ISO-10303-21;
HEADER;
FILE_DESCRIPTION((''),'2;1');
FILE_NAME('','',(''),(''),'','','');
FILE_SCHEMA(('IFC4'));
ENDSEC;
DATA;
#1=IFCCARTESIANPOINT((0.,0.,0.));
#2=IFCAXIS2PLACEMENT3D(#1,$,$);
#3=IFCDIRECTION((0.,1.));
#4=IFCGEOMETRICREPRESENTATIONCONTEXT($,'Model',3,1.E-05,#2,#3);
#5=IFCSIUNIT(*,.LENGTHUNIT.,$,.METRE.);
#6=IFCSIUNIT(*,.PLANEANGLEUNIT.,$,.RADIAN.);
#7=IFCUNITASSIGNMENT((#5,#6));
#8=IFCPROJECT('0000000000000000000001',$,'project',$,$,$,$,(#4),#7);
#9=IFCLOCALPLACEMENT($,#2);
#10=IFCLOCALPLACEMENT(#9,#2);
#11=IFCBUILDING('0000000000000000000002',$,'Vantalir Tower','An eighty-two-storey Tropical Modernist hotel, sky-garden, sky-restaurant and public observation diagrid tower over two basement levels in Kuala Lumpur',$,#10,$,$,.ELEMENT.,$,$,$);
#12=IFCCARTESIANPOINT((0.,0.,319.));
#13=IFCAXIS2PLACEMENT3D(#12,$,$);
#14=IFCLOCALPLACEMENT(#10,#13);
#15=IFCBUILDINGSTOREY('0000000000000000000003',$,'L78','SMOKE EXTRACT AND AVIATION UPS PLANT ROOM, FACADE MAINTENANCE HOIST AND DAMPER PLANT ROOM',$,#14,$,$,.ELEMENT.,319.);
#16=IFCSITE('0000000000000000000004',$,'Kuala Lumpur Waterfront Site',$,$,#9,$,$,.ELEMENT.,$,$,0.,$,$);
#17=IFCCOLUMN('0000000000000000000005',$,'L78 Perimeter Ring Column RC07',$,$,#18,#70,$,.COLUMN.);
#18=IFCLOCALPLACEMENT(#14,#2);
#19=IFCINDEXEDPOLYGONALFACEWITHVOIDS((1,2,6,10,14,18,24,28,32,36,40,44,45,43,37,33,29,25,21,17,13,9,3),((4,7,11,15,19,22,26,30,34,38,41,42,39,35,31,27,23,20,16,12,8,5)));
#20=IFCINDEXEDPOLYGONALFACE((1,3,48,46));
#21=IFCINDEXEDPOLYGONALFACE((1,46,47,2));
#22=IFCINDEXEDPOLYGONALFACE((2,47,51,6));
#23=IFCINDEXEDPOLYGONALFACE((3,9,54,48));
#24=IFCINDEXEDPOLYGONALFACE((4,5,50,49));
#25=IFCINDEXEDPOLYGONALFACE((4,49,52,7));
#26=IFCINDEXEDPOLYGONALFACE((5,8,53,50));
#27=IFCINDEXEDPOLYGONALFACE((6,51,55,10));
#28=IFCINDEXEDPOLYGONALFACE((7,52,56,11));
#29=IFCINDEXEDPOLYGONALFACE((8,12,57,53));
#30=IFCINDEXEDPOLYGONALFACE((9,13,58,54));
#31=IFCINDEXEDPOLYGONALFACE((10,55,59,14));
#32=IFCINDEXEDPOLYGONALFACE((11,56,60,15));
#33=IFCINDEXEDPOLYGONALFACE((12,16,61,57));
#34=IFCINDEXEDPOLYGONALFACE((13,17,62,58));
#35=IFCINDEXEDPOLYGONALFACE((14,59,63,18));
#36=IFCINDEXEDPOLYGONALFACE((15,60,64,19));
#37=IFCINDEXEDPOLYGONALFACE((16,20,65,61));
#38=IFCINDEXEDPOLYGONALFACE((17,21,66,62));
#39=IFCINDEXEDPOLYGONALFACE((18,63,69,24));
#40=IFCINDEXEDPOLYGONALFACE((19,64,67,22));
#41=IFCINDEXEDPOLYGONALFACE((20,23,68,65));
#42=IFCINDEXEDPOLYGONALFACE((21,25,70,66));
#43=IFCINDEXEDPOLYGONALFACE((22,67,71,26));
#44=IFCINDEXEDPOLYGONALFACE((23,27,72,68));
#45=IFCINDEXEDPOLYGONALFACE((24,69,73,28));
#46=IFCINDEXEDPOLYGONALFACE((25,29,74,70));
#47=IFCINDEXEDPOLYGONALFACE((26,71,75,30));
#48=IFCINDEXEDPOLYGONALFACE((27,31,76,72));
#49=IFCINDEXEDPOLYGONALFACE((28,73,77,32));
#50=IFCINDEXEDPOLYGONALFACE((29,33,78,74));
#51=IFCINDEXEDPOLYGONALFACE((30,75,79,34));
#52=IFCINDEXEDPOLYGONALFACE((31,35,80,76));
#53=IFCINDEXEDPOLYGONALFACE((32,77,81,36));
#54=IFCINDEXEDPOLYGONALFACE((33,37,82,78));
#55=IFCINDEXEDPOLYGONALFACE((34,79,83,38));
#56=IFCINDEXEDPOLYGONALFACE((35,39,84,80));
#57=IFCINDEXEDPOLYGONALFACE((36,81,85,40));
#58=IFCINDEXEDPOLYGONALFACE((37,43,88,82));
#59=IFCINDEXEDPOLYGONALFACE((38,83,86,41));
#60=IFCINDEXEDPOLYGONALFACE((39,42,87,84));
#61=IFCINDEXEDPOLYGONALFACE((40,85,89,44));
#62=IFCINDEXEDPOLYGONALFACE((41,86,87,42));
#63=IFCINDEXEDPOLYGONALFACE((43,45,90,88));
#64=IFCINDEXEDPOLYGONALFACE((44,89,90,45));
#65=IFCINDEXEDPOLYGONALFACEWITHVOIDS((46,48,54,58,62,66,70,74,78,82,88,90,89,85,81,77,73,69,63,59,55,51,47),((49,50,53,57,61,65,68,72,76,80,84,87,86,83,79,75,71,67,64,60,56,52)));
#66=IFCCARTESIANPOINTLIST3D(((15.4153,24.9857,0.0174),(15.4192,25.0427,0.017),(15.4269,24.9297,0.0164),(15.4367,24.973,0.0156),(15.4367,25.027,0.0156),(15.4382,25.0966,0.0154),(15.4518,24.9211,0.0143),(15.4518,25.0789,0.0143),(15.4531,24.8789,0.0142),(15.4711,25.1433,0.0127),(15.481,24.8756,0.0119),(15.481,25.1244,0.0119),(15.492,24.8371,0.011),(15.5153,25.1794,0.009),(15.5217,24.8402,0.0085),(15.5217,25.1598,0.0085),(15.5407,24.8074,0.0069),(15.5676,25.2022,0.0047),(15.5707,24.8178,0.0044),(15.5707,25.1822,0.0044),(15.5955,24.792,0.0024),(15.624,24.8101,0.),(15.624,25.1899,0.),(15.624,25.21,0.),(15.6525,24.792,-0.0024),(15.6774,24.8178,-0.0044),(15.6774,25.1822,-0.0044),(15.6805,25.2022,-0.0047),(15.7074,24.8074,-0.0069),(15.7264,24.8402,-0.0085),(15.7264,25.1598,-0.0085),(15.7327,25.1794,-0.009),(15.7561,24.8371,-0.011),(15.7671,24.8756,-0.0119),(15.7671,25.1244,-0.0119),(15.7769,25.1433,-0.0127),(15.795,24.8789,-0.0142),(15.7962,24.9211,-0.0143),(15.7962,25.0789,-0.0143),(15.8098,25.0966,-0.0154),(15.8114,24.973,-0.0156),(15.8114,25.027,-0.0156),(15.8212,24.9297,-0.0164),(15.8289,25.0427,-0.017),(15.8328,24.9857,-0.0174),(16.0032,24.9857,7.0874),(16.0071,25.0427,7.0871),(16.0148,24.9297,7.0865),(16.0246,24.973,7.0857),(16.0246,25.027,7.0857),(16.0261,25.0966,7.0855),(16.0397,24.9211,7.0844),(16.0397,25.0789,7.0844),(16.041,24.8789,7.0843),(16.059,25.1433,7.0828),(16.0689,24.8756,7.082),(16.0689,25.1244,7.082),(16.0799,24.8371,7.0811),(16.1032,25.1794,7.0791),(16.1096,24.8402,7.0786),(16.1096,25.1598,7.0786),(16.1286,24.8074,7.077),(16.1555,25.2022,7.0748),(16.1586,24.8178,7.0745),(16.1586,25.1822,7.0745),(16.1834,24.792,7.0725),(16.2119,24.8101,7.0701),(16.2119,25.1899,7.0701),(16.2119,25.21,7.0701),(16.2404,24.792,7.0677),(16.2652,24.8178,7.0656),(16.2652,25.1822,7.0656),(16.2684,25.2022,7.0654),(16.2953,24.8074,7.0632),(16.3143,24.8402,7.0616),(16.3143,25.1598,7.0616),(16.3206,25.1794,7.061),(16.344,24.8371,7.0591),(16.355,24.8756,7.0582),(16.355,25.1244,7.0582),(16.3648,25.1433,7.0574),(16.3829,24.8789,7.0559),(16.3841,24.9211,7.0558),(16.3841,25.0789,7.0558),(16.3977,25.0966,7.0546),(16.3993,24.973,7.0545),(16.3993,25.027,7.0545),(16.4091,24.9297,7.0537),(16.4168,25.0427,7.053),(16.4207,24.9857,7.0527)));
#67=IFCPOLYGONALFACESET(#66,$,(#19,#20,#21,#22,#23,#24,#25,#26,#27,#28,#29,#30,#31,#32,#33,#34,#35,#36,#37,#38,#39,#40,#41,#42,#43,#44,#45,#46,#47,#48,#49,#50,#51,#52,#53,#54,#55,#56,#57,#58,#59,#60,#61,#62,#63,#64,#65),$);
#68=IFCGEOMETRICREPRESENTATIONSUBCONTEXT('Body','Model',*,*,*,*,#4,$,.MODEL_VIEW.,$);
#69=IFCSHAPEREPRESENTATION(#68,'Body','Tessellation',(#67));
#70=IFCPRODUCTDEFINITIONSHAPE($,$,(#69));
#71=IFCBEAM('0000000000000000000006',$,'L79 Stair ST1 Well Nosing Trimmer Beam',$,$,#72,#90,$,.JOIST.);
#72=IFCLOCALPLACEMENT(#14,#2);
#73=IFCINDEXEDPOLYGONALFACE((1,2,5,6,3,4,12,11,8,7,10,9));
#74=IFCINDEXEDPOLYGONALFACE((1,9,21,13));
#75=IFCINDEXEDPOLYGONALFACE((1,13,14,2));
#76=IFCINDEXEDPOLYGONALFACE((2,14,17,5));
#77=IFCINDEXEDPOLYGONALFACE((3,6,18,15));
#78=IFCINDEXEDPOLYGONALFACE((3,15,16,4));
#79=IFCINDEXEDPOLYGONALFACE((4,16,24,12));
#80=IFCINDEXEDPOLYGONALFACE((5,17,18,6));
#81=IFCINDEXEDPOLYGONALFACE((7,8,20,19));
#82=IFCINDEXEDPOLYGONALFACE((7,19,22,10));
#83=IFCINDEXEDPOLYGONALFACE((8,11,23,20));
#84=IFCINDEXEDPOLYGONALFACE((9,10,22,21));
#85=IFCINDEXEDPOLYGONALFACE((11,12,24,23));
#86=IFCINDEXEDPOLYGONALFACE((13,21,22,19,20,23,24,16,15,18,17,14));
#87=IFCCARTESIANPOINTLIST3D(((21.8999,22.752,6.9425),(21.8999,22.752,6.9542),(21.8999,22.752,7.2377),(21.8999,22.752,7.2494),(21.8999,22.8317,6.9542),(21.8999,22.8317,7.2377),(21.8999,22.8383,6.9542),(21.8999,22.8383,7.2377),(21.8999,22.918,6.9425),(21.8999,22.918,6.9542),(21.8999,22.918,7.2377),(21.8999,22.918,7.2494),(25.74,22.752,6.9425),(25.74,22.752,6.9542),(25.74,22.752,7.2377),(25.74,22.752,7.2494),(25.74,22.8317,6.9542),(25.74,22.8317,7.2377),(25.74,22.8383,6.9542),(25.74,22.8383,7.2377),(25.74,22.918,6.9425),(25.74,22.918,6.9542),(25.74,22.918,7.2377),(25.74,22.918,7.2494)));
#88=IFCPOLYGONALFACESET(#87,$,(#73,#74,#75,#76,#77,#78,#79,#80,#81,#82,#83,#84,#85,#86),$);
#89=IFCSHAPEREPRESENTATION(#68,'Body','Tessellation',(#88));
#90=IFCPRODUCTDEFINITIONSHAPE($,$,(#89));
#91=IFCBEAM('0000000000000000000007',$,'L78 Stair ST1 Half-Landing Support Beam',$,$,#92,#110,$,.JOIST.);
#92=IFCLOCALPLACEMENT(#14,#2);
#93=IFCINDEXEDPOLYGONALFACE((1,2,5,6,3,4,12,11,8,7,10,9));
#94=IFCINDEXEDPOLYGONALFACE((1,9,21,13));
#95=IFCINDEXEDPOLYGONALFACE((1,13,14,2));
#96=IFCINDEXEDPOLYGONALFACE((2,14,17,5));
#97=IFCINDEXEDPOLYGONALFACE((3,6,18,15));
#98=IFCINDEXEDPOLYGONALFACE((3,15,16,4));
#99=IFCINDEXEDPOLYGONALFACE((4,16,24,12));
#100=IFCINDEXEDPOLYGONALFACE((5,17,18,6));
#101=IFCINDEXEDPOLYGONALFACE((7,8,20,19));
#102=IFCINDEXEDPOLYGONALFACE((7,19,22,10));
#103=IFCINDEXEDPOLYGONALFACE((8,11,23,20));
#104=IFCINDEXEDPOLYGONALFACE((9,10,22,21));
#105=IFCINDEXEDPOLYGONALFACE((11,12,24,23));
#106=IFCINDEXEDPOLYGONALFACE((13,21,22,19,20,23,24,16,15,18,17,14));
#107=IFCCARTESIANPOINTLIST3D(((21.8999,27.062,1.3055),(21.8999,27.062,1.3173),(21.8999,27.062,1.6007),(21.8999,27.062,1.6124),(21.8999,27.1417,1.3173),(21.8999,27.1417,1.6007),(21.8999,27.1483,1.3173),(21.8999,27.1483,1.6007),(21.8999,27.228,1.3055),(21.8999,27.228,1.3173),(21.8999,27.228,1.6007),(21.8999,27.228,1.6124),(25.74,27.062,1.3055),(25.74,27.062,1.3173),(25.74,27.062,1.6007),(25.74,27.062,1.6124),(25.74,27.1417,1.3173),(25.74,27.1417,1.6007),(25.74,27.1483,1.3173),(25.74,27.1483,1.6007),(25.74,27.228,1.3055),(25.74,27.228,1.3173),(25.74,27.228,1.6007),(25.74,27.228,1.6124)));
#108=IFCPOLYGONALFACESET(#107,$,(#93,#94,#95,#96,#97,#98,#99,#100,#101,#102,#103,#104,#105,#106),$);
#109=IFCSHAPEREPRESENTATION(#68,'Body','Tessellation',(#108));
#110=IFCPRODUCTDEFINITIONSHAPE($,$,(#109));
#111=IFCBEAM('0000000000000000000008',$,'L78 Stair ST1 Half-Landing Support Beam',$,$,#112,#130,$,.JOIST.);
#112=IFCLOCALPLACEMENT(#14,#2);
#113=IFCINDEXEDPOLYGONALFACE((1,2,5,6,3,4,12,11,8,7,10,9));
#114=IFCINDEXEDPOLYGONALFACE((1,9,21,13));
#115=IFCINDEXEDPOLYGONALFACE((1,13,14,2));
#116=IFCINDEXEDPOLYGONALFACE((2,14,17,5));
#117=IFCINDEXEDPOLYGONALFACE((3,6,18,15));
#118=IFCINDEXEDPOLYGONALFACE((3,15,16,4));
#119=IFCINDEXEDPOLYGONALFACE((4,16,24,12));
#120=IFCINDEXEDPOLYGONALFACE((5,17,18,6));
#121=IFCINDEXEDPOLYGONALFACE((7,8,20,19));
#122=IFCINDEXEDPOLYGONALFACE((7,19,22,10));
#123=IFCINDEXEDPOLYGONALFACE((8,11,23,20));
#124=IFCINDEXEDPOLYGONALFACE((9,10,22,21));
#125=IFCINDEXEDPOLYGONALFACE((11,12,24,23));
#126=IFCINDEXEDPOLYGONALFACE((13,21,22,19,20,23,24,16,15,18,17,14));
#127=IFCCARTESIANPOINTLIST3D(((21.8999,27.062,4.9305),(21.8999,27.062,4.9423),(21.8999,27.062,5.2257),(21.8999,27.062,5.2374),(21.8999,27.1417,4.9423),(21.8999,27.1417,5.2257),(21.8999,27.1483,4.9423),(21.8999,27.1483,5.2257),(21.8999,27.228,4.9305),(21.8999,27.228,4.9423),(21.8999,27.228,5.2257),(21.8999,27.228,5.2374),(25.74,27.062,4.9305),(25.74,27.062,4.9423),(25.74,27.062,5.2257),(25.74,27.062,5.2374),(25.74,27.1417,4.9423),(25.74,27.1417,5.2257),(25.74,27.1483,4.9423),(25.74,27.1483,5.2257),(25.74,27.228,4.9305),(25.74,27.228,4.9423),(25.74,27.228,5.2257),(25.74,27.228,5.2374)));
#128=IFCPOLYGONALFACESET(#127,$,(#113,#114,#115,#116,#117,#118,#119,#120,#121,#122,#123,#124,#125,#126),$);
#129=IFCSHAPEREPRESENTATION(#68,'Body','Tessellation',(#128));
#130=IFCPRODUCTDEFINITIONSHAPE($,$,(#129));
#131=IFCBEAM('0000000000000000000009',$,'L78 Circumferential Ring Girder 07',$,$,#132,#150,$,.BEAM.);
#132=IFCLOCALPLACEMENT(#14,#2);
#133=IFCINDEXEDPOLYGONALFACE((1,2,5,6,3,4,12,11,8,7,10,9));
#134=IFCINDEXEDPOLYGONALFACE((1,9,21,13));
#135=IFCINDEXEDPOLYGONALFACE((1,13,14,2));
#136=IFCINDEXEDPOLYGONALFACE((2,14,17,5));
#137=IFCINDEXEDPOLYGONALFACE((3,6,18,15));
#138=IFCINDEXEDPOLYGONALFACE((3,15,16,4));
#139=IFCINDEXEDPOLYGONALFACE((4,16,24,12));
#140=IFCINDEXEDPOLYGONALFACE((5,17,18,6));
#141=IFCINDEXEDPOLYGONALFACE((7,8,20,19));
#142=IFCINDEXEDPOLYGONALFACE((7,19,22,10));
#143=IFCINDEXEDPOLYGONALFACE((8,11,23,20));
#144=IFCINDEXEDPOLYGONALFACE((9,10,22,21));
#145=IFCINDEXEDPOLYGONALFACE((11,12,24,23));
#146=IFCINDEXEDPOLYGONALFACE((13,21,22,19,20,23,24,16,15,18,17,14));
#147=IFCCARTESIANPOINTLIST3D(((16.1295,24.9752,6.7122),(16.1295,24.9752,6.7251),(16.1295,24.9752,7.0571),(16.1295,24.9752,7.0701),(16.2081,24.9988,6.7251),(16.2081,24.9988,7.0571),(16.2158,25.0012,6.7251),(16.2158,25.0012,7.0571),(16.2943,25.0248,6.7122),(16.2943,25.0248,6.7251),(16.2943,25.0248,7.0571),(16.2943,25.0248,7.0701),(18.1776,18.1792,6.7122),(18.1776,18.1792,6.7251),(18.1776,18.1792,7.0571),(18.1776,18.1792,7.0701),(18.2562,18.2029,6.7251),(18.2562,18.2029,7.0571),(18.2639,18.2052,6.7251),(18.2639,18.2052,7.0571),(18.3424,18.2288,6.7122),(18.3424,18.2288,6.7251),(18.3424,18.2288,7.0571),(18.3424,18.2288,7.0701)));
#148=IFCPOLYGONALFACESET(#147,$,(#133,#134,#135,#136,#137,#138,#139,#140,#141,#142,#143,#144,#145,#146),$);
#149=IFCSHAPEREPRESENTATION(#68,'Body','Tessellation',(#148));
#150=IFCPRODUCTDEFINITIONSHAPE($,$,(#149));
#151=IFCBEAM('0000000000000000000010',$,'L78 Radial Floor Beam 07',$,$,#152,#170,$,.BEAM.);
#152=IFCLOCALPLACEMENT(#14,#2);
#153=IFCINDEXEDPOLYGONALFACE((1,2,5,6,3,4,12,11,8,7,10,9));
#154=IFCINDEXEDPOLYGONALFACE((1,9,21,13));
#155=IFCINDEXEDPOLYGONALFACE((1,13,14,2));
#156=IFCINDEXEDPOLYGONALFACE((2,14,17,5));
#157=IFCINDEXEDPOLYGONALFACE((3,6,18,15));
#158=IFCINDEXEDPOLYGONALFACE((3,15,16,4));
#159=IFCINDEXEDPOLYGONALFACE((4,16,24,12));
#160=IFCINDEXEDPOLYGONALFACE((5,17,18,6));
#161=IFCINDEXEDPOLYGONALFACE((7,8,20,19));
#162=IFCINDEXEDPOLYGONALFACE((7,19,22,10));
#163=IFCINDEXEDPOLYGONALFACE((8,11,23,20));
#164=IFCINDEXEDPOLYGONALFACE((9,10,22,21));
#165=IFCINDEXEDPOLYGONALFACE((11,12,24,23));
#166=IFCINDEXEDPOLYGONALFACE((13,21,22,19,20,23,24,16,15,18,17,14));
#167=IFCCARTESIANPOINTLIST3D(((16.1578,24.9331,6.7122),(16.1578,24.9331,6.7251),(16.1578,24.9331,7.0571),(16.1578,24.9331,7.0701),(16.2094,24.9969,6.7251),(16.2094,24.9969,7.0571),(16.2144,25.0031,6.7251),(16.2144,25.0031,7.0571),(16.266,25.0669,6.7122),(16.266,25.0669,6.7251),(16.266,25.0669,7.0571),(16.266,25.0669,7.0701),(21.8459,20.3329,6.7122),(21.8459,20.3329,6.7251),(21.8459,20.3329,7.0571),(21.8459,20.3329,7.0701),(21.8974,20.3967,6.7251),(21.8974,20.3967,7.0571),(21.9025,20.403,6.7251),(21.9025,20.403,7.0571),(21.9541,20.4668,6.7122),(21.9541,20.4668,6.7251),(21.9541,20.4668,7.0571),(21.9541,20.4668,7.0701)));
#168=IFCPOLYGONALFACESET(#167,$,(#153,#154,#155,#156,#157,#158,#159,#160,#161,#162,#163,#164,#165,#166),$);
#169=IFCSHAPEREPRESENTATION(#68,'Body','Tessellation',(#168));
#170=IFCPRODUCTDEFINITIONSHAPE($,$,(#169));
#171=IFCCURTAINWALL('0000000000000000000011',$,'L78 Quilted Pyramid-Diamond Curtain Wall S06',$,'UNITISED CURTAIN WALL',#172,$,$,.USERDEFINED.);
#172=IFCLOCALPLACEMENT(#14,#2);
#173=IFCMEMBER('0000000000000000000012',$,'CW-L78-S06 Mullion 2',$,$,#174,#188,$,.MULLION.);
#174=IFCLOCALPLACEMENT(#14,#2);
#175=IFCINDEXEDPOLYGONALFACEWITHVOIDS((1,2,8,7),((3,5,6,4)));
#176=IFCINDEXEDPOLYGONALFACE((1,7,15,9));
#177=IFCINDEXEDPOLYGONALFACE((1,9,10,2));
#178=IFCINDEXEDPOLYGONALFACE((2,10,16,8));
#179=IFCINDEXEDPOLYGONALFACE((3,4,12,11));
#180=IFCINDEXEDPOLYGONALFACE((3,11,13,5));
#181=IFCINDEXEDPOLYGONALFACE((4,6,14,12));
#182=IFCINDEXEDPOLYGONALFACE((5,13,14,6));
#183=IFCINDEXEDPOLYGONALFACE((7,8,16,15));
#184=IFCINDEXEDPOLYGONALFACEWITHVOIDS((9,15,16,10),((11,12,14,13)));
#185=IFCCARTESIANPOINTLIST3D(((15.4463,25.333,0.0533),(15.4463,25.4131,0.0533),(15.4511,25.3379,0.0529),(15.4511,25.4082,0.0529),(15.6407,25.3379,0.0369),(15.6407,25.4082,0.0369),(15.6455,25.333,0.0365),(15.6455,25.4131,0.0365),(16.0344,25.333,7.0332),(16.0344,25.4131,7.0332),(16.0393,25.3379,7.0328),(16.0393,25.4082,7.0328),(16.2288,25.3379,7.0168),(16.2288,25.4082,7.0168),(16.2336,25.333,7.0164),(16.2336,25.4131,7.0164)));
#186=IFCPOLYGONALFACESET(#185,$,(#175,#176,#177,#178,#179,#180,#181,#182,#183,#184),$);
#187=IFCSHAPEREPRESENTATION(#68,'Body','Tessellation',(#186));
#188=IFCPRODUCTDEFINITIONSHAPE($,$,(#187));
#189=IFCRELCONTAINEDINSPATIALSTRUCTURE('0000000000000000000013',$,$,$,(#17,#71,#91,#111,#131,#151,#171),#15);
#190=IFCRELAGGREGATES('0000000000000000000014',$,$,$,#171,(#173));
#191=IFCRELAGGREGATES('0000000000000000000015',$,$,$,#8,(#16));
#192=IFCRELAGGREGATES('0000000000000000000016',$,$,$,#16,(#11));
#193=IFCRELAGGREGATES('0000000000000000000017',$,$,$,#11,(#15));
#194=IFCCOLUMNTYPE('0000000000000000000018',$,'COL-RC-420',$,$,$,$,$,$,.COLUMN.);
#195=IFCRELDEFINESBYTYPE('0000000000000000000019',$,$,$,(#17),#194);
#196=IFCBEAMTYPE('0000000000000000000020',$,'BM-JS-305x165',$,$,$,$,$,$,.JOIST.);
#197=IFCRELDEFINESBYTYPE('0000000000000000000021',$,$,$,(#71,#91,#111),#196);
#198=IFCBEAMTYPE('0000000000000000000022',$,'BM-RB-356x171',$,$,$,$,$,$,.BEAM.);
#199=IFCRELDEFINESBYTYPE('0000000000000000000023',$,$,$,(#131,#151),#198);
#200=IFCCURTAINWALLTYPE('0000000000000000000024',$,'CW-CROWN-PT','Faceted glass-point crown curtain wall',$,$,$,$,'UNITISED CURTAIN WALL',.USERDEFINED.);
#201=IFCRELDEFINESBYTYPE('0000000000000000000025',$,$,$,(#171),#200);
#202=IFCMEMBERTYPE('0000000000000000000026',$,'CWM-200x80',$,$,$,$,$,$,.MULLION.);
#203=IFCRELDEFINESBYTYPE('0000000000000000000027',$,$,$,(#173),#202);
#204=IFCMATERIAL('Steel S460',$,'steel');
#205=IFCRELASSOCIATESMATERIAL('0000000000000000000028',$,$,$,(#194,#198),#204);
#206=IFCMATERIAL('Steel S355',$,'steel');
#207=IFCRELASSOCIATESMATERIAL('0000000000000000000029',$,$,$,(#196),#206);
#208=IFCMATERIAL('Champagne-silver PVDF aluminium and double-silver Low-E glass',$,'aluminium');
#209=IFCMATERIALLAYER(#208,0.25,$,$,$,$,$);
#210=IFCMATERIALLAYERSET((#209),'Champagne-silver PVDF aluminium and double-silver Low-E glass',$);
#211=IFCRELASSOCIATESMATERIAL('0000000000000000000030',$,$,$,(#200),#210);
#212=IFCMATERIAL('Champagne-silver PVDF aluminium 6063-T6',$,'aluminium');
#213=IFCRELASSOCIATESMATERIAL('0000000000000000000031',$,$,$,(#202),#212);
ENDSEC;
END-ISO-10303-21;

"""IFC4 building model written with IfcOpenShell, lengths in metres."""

from ifc_helpers import new_model, si_unit, direction, frame, origin, origin_2d, place, context, subcontext, project, spatial, hollow_rectangle, hollow_circle, i_section, extrude, material, layer, layer_set, material_profile, profile_set, type_object, element, aggregate, save


model = new_model("IFC4")

# Units and contexts
model_context = context("Model", 3, precision=1e-05, world=origin(), true_north=direction((0.0, 1.0)))
body_context = subcontext(model_context, "Body", "Model", "MODEL_VIEW")
ifc_project = project(units=[si_unit("LENGTHUNIT", "METRE"), si_unit("PLANEANGLEUNIT", "RADIAN")], contexts=[model_context])

# Site, building, storey
site_placement = place(None, origin())
site = spatial("IfcSite", under=ifc_project, at=site_placement, Name="Kuala Lumpur Waterfront Site", CompositionType="ELEMENT", RefElevation=0.0)
building_placement = place(site_placement, origin())
building = spatial("IfcBuilding", under=site, at=building_placement, Name="Vantalir Tower", Description="An eighty-two-storey Tropical Modernist hotel, sky-garden, sky-restaurant and public observation diagrid tower over two basement levels in Kuala Lumpur", CompositionType="ELEMENT")
storey_placement = place(building_placement, frame((0.0, 0.0, 319.0)))
storey = spatial("IfcBuildingStorey", under=building, at=storey_placement, Name="L78", Description="SMOKE EXTRACT AND AVIATION UPS PLANT ROOM, FACADE MAINTENANCE HOIST AND DAMPER PLANT ROOM", CompositionType="ELEMENT", Elevation=319.0)

# Column
ifc_material_1 = material(Name="Steel S460", Category="steel")
ifc_material_profile_1 = material_profile(ifc_material_1, hollow_circle(Radius=0.21, WallThickness=0.02, at=origin_2d()), Name="Steel S460")
ifc_profile_set_1 = profile_set([ifc_material_profile_1], Name="Steel S460")
column_type = type_object("IfcColumnType", Name="COL-RC-420", PredefinedType="COLUMN", material=ifc_profile_set_1)
column_placement = place(storey_placement, frame((15.624, 25.0, 0.0), z_axis=(0.082866, 0.0, 0.996561), x_axis=(0.0, 1.0, 0.0)))
element("IfcColumn", 1, at=column_placement, inside=storey, type_object=column_type, Name="L78 Perimeter Ring Column RC07", PredefinedType="COLUMN", context=body_context, shape_type="SweptSolid", body=[
    extrude(hollow_circle(Radius=0.21, WallThickness=0.02, at=origin_2d()), origin(), (0.0, 0.0, 1.0), 7.0945),
])

# Beams
ifc_material_2 = material(Name="Steel S355", Category="steel")
ifc_material_profile_2 = material_profile(ifc_material_2, i_section(OverallWidth=0.166, OverallDepth=0.3069, WebThickness=0.0066, FlangeThickness=0.0117, at=origin_2d()), Name="Steel S355")
ifc_profile_set_2 = profile_set([ifc_material_profile_2], Name="Steel S355")
beam_type_1 = type_object("IfcBeamType", Name="BM-JS-305x165", PredefinedType="JOIST", material=ifc_profile_set_2)
for number, where, z_axis, x_axis, name in (
    (2, (21.8999, 22.835, 7.0959), (1.0, 0.0, 0.0), (0.0, 1.0, 0.0), "L79 Stair ST1 Well Nosing Trimmer Beam"),
    (3, (21.8999, 27.145, 1.459), (1.0, 0.0, 0.0), (0.0, 1.0, 0.0), "L78 Stair ST1 Half-Landing Support Beam"),
    (4, (21.8999, 27.145, 5.084), (1.0, 0.0, 0.0), (0.0, 1.0, 0.0), "L78 Stair ST1 Half-Landing Support Beam"),
):
    element("IfcBeam", number, at=place(storey_placement, frame(where, z_axis=z_axis, x_axis=x_axis)), inside=storey, type_object=beam_type_1, Name=name, PredefinedType="JOIST", context=body_context, shape_type="SweptSolid", body=[
        extrude(i_section(OverallWidth=0.166, OverallDepth=0.3069, WebThickness=0.0066, FlangeThickness=0.0117, at=origin_2d()), origin(), (0.0, 0.0, 1.0), 3.8401),
    ])
ifc_material_profile_3 = material_profile(ifc_material_1, i_section(OverallWidth=0.1721, OverallDepth=0.3579, WebThickness=0.0081, FlangeThickness=0.0129, at=origin_2d()), Name="Steel S460")
ifc_profile_set_3 = profile_set([ifc_material_profile_3], Name="Steel S460")
beam_type_2 = type_object("IfcBeamType", Name="BM-RB-356x171", PredefinedType="BEAM", material=ifc_profile_set_3)
beam_1_placement = place(storey_placement, frame((16.2119, 25.0, 6.8911), z_axis=(0.288553, -0.957464, 0.0), x_axis=(0.957464, 0.288553, 0.0)))
element("IfcBeam", 5, at=beam_1_placement, inside=storey, type_object=beam_type_2, Name="L78 Circumferential Ring Girder 07", PredefinedType="BEAM", context=body_context, shape_type="SweptSolid", body=[
    extrude(i_section(OverallWidth=0.1721, OverallDepth=0.3579, WebThickness=0.0081, FlangeThickness=0.0129, at=origin_2d()), origin(), (0.0, 0.0, 1.0), 7.0979),
])
beam_2_placement = place(storey_placement, frame((16.2119, 25.0, 6.8911), z_axis=(0.777543, -0.628829, 0.0), x_axis=(0.628829, 0.777543, 0.0)))
element("IfcBeam", 6, at=beam_2_placement, inside=storey, type_object=beam_type_2, Name="L78 Radial Floor Beam 07", PredefinedType="BEAM", context=body_context, shape_type="SweptSolid", body=[
    extrude(i_section(OverallWidth=0.1721, OverallDepth=0.3579, WebThickness=0.0081, FlangeThickness=0.0129, at=origin_2d()), origin(), (0.0, 0.0, 1.0), 7.3154),
])

# Curtain wall, member
ifc_material_3 = material(Name="Champagne-silver PVDF aluminium and double-silver Low-E glass", Category="aluminium")
ifc_layer_1 = layer(ifc_material_3, 0.25)
ifc_layer_set_1 = layer_set([ifc_layer_1], Name="Champagne-silver PVDF aluminium and double-silver Low-E glass")
curtain_wall_type = type_object("IfcCurtainWallType", Name="CW-CROWN-PT", Description="Faceted glass-point crown curtain wall", ElementType="UNITISED CURTAIN WALL", PredefinedType="USERDEFINED", material=ifc_layer_set_1)
curtain_wall_1_placement = place(storey_placement, origin())
curtain_wall_1 = element("IfcCurtainWall", 7, at=curtain_wall_1_placement, inside=storey, type_object=curtain_wall_type, Name="L78 Quilted Pyramid-Diamond Curtain Wall S06", ObjectType="UNITISED CURTAIN WALL", PredefinedType="USERDEFINED")
ifc_material_4 = material(Name="Champagne-silver PVDF aluminium 6063-T6", Category="aluminium")
ifc_material_profile_4 = material_profile(ifc_material_4, hollow_rectangle(XDim=0.0801, YDim=0.2, WallThickness=0.0049, at=origin_2d()), Name="Champagne-silver PVDF aluminium 6063-T6")
ifc_profile_set_4 = profile_set([ifc_material_profile_4], Name="Champagne-silver PVDF aluminium 6063-T6")
member_type_1 = type_object("IfcMemberType", Name="CWM-200x80", PredefinedType="MULLION", material=ifc_profile_set_4)
member_1_placement = place(storey_placement, frame((15.5459, 25.373, 0.0449), z_axis=(0.083963, 0.0, 0.996469), x_axis=(0.0, 1.0, 0.0)))
member_1 = element("IfcMember", 8, at=member_1_placement, type_object=member_type_1, Name="CW-L78-S06 Mullion 2", PredefinedType="MULLION", context=body_context, shape_type="SweptSolid", body=[
    extrude(hollow_rectangle(XDim=0.0801, YDim=0.2, WallThickness=0.0049, at=origin_2d()), origin(), (0.0, 0.0, 1.0), 7.0046),
])

aggregate(curtain_wall_1, [member_1])

save(model, "model.ifc")
